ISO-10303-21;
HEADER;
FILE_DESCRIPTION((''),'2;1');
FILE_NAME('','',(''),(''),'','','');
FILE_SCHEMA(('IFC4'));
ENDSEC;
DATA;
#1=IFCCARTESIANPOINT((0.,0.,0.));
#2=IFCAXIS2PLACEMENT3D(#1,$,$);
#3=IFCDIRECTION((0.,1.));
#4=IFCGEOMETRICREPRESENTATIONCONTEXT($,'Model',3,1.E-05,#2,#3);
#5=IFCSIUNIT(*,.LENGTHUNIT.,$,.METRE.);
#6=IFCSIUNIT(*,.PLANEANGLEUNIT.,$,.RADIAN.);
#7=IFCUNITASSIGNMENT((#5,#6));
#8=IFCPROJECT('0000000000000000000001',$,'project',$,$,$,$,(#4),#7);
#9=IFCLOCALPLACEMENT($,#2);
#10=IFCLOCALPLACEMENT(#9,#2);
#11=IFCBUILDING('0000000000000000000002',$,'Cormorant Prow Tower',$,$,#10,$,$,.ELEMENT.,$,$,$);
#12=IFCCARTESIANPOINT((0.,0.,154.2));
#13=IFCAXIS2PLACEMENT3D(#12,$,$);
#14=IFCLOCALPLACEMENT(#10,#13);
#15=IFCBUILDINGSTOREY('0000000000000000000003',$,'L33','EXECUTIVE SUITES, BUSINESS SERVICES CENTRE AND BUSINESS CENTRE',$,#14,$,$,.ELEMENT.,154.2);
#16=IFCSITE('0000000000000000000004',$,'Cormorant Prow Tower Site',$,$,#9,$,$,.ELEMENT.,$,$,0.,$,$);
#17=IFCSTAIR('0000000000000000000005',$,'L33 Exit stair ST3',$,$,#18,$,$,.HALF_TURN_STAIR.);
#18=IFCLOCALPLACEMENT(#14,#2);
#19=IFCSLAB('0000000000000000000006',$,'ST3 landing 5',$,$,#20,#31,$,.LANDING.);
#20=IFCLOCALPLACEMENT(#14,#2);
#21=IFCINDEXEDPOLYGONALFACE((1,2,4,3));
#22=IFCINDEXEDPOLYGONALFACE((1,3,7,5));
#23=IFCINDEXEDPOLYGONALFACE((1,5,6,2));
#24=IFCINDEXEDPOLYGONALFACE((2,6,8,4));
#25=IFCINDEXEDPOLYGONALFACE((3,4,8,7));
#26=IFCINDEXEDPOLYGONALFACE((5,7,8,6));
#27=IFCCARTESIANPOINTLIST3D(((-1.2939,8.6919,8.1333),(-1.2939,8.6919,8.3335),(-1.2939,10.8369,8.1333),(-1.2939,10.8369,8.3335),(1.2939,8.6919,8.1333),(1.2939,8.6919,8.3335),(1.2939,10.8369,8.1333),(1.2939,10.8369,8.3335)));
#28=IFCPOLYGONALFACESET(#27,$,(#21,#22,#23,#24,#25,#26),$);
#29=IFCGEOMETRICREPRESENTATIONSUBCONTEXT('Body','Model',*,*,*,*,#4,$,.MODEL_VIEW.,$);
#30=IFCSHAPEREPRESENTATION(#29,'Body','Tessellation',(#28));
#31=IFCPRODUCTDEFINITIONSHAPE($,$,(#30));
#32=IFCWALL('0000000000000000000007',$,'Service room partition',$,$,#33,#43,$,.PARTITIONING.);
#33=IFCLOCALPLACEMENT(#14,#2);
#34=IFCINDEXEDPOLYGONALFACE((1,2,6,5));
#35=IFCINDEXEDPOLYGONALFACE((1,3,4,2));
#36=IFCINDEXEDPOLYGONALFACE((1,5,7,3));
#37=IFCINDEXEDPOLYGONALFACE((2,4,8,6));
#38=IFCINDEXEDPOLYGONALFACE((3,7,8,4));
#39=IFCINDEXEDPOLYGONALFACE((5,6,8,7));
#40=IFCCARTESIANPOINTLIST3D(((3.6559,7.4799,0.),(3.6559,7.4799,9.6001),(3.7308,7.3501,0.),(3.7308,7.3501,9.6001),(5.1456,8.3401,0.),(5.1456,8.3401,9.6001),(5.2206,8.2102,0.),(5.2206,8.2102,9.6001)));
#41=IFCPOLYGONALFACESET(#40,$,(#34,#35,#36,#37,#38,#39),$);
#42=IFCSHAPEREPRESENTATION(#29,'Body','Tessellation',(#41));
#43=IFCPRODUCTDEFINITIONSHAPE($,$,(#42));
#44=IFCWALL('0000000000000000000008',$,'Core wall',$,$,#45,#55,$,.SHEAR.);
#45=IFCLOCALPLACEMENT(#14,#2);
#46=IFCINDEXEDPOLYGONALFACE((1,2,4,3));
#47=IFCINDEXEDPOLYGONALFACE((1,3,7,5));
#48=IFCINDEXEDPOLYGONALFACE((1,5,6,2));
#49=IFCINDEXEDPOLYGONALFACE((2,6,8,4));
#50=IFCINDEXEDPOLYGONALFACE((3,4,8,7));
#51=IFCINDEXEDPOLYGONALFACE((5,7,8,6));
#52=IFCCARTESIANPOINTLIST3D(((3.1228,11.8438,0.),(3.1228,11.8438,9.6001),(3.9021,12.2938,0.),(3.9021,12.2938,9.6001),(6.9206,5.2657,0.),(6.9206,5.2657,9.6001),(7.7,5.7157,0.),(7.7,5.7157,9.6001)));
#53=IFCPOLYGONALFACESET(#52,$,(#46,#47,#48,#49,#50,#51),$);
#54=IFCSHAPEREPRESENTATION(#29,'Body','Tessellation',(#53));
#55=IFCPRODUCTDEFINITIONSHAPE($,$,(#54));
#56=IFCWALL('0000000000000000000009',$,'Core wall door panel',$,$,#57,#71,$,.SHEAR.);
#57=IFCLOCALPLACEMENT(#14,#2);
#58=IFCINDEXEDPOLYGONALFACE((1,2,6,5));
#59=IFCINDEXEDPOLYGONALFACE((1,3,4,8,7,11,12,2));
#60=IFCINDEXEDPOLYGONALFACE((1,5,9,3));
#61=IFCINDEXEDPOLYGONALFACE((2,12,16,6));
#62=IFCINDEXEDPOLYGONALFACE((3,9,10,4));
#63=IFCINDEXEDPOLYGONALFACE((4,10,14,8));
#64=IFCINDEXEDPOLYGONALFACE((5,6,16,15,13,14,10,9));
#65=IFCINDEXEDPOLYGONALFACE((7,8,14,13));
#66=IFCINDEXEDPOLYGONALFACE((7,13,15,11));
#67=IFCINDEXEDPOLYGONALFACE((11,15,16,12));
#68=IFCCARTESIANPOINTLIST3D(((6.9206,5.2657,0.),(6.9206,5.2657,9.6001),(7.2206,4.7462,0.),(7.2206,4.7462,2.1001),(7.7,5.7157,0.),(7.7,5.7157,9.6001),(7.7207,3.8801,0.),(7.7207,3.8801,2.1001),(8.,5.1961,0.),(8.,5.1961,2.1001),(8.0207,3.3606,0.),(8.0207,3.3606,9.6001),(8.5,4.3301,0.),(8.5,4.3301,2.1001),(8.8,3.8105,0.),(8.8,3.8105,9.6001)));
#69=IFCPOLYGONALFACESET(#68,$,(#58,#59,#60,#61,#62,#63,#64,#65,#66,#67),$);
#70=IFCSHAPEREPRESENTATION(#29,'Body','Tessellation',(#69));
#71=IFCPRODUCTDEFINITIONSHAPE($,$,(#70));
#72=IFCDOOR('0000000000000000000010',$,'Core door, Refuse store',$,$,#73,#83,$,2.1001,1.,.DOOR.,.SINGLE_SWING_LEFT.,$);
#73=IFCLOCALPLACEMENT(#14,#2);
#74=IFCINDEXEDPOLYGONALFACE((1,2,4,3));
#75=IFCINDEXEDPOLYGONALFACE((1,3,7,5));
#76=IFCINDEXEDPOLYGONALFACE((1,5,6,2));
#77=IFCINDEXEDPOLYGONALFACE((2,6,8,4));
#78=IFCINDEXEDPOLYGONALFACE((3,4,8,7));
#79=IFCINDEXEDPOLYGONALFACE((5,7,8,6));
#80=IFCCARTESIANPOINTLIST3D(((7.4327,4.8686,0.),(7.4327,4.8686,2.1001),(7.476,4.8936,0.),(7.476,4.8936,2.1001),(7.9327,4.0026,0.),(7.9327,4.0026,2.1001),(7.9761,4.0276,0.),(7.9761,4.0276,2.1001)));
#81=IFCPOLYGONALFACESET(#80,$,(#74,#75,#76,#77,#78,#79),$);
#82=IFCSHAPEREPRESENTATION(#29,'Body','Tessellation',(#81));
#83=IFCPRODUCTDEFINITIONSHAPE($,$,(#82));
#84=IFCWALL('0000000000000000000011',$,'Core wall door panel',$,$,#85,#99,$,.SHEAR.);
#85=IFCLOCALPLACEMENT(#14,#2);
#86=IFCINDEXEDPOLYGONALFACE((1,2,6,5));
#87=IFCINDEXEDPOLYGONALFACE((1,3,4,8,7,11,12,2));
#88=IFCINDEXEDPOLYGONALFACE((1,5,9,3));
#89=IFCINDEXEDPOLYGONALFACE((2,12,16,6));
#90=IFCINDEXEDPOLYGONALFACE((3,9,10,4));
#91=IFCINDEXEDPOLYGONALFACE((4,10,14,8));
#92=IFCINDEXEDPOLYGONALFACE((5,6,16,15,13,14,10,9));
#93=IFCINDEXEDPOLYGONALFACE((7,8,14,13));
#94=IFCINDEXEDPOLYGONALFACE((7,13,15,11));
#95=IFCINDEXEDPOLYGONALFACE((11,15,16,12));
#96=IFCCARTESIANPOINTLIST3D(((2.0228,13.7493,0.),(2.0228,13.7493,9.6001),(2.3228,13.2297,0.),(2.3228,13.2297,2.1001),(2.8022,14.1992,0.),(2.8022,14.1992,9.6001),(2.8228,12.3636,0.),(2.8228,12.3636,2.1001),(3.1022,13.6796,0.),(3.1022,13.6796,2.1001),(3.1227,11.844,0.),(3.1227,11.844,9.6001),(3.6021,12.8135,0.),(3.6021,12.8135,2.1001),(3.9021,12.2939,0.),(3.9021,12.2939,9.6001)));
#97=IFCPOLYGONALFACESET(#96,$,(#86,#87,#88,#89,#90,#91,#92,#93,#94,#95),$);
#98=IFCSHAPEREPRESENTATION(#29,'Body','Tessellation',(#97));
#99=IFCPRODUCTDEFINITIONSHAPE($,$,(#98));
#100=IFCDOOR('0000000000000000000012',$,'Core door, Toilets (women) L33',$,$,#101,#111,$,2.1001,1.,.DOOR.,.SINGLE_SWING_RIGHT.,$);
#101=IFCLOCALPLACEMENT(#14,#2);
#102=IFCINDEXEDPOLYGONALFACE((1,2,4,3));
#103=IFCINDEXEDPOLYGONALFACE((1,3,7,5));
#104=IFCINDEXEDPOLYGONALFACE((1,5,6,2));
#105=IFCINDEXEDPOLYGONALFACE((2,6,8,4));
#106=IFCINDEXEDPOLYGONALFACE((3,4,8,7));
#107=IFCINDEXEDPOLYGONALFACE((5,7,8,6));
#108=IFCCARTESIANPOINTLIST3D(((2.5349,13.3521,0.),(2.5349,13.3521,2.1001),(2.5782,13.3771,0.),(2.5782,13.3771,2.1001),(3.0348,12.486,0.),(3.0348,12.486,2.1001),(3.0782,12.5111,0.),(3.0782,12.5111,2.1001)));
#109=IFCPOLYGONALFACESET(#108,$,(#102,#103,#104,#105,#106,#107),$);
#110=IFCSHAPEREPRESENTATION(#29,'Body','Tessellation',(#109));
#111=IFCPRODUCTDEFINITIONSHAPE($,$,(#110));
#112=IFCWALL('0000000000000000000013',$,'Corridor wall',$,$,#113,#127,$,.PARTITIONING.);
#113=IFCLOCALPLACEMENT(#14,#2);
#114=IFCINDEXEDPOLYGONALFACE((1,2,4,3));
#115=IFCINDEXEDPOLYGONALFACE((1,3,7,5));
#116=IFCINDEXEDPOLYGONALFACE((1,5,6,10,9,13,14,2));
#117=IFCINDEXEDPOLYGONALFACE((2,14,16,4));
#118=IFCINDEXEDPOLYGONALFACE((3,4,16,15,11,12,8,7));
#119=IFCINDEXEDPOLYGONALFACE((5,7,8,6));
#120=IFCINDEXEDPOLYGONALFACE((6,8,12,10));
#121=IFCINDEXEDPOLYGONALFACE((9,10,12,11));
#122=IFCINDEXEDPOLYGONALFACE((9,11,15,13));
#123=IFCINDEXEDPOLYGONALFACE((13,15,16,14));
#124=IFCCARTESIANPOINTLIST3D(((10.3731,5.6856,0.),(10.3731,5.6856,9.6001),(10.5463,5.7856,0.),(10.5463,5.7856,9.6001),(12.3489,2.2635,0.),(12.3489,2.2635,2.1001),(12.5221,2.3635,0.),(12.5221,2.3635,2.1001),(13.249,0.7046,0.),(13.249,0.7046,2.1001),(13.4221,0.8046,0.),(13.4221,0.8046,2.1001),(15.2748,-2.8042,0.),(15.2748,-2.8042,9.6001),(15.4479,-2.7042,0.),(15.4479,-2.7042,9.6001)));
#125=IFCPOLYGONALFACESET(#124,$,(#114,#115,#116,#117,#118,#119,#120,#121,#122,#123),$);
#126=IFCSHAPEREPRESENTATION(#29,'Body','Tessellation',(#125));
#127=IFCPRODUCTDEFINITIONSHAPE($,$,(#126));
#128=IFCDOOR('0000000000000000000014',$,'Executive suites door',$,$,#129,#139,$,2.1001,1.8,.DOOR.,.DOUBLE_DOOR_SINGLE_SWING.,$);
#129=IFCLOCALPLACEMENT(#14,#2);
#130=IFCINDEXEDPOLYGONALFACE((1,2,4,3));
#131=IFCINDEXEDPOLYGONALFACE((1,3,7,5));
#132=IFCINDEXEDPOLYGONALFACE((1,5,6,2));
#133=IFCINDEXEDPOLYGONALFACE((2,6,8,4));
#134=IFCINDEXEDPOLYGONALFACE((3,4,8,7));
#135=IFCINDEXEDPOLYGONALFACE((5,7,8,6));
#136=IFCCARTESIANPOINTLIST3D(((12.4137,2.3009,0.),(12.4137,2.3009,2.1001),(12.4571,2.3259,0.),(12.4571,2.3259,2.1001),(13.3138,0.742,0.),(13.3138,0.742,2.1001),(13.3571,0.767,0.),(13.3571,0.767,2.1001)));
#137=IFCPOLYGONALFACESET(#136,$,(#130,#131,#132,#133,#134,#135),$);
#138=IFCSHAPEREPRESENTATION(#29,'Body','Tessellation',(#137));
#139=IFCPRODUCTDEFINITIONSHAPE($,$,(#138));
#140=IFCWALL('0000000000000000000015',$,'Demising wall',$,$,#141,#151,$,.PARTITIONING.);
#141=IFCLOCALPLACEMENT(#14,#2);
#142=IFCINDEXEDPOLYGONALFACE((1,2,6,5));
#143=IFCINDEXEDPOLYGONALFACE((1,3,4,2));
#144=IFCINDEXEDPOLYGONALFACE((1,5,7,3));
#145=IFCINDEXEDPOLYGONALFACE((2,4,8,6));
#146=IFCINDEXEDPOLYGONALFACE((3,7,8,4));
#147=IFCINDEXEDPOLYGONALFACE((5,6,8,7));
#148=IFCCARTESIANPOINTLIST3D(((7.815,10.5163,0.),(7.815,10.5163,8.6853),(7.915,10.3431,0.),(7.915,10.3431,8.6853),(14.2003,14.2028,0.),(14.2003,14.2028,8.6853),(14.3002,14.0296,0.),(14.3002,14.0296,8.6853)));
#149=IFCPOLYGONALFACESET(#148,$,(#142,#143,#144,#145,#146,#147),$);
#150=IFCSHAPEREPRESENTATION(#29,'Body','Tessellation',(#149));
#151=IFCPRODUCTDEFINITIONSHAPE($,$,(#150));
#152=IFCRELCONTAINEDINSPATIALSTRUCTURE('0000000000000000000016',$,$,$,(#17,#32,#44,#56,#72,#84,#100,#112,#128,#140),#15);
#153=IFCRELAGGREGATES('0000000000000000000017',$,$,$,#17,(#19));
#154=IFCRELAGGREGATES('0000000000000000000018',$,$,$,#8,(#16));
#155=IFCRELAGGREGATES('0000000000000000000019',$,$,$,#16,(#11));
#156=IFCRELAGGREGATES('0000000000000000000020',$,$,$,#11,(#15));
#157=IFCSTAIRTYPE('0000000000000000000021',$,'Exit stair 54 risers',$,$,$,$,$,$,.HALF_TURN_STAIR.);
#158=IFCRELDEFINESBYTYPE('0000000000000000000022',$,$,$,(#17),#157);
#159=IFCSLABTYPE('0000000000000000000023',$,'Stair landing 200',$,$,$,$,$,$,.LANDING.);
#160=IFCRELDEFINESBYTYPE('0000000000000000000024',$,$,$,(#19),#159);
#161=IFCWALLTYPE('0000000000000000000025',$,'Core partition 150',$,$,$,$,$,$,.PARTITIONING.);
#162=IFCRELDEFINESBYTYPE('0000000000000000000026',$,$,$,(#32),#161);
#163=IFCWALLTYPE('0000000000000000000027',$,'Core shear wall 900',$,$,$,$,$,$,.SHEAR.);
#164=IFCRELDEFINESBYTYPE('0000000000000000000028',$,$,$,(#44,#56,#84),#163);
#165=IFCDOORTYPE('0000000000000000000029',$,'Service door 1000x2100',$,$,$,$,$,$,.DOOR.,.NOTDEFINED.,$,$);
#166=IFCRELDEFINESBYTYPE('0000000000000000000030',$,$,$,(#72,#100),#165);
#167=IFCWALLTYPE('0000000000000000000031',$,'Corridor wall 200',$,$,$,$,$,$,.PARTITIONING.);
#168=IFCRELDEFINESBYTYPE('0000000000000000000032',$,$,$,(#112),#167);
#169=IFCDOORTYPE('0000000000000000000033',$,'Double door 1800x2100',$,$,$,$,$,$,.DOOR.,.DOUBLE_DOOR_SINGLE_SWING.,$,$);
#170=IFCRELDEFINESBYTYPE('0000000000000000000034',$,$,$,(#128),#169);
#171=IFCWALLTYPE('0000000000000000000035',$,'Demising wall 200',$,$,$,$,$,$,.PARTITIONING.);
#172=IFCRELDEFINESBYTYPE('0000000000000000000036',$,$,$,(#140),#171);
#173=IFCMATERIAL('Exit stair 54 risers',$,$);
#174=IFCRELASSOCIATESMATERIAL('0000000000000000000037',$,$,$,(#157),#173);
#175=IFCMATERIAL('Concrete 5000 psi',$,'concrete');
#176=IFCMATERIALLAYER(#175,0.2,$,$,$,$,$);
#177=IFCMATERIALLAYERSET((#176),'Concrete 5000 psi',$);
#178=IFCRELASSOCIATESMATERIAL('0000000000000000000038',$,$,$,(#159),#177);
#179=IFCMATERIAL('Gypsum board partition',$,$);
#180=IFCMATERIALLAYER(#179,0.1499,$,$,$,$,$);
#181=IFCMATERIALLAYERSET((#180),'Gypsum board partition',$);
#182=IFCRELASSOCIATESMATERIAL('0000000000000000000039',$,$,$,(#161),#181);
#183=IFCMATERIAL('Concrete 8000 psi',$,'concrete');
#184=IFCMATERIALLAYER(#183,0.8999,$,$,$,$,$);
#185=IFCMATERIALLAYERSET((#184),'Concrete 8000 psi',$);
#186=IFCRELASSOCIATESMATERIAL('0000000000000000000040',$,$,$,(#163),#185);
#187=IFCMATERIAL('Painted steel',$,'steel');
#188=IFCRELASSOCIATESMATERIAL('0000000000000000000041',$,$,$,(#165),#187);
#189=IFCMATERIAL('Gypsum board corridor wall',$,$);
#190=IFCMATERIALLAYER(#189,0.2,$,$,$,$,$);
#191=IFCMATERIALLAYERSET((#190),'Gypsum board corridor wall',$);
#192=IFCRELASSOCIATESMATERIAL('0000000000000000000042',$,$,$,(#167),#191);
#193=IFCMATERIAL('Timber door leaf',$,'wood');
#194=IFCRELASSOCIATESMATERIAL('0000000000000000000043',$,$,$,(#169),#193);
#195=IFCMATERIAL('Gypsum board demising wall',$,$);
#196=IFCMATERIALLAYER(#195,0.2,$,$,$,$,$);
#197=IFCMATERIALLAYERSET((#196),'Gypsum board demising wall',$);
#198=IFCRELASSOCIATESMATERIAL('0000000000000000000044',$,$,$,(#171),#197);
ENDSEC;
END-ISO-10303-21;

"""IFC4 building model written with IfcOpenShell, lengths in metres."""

from ifc_helpers import new_model, si_unit, direction, frame, frame_2d, origin, place, context, subcontext, project, spatial, polyline, rectangle, outline, extrude, material, layer, layer_set, type_object, element, fill, aggregate, save


model = new_model("IFC4")

# Units and contexts
model_context = context("Model", 3, precision=1e-05, world=origin(), true_north=direction((0.0, 1.0)))
body_context = subcontext(model_context, "Body", "Model", "MODEL_VIEW")
ifc_project = project(units=[si_unit("LENGTHUNIT", "METRE"), si_unit("PLANEANGLEUNIT", "RADIAN")], contexts=[model_context])

# Site, building, storey
site_placement = place(None, origin())
site = spatial("IfcSite", under=ifc_project, at=site_placement, Name="Cormorant Prow Tower Site", CompositionType="ELEMENT", RefElevation=0.0)
building_placement = place(site_placement, origin())
building = spatial("IfcBuilding", under=site, at=building_placement, Name="Cormorant Prow Tower", CompositionType="ELEMENT")
storey_placement = place(building_placement, frame((0.0, 0.0, 154.2)))
storey = spatial("IfcBuildingStorey", under=building, at=storey_placement, Name="L33", Description="EXECUTIVE SUITES, BUSINESS SERVICES CENTRE AND BUSINESS CENTRE", CompositionType="ELEMENT", Elevation=154.2)

# Stair, slab
ifc_material_1 = material(Name="Exit stair 54 risers")
stair_type = type_object("IfcStairType", Name="Exit stair 54 risers", PredefinedType="HALF_TURN_STAIR", material=ifc_material_1)
ifc_material_2 = material(Name="Concrete 5000 psi", Category="concrete")
ifc_layer_1 = layer(ifc_material_2, 0.2)
ifc_layer_set_1 = layer_set([ifc_layer_1], Name="Concrete 5000 psi")
slab_type = type_object("IfcSlabType", Name="Stair landing 200", PredefinedType="LANDING", material=ifc_layer_set_1)
stair_1_placement = place(storey_placement, origin())
stair_1 = element("IfcStair", 1, at=stair_1_placement, inside=storey, type_object=stair_type, Name="L33 Exit stair ST3", PredefinedType="HALF_TURN_STAIR")
slab_1_placement = place(storey_placement, frame((0.0, 0.0, 8.1333)))
slab_1 = element("IfcSlab", 2, at=slab_1_placement, type_object=slab_type, Name="ST3 landing 5", PredefinedType="LANDING", context=body_context, shape_type="SweptSolid", body=[
    extrude(outline(polyline([(1.2939, 8.6919), (1.2939, 10.8369), (-1.2939, 10.8369), (-1.2939, 8.6919), (1.2939, 8.6919)])), origin(), (0.0, 0.0, 1.0), 0.2002),
])

# Walls
ifc_material_3 = material(Name="Gypsum board partition")
ifc_layer_2 = layer(ifc_material_3, 0.1499)
ifc_layer_set_2 = layer_set([ifc_layer_2], Name="Gypsum board partition")
wall_type_1 = type_object("IfcWallType", Name="Core partition 150", PredefinedType="PARTITIONING", material=ifc_layer_set_2)
wall_1_placement = place(storey_placement, frame((3.6934, 7.415, 0.0), z_axis=(0.0, 0.0, 1.0), x_axis=(0.866025, 0.500001, 0.0)))
element("IfcWall", 3, at=wall_1_placement, inside=storey, type_object=wall_type_1, Name="Service room partition", PredefinedType="PARTITIONING", context=body_context, shape_type="SweptSolid", body=[
    extrude(rectangle(XDim=1.7202, YDim=0.1499, at=frame_2d((0.8601, 0.0))), origin(), (0.0, 0.0, 1.0), 9.6001),
])
ifc_material_4 = material(Name="Concrete 8000 psi", Category="concrete")
ifc_layer_3 = layer(ifc_material_4, 0.8999)
ifc_layer_set_3 = layer_set([ifc_layer_3], Name="Concrete 8000 psi")
wall_type_2 = type_object("IfcWallType", Name="Core shear wall 900", PredefinedType="SHEAR", material=ifc_layer_set_3)
wall_2_placement = place(storey_placement, frame((7.3103, 5.4907, 0.0), z_axis=(0.0, 0.0, 1.0), x_axis=(-0.499997, 0.866027, 0.0)))
element("IfcWall", 4, at=wall_2_placement, inside=storey, type_object=wall_type_2, Name="Core wall", PredefinedType="SHEAR", context=body_context, shape_type="SweptSolid", body=[
    extrude(rectangle(XDim=7.5957, YDim=0.8999, at=frame_2d((3.7979, 0.0))), origin(), (0.0, 0.0, 1.0), 9.6001),
])

# Walls, openings, doors
wall_3_placement = place(storey_placement, frame((8.4104, 3.5854, 0.0), z_axis=(0.0, 0.0, 1.0), x_axis=(-0.50003, 0.866008, 0.0)))
wall_3 = element("IfcWall", 5, at=wall_3_placement, inside=storey, type_object=wall_type_2, Name="Core wall door panel", PredefinedType="SHEAR", context=body_context, shape_type="SweptSolid", body=[
    extrude(rectangle(XDim=2.2, YDim=0.8999, at=frame_2d((1.1001, 0.0))), origin(), (0.0, 0.0, 1.0), 9.6001),
])
opening_1_placement = place(wall_3_placement, frame((0.6001, 0.0, 0.0)))
opening_1 = element("IfcOpeningElement", 6, at=opening_1_placement, cuts=wall_3, PredefinedType="OPENING", context=body_context, shape_type="SweptSolid", body=[
    extrude(rectangle(XDim=1.0, YDim=2.1001, at=frame_2d((0.5, 1.05))), frame((0.0, 0.46, 0.0), z_axis=(0.0, -1.0, 0.0), x_axis=(1.0, 0.0, 0.0)), (0.0, 0.0, 1.0), 0.9199),
])
ifc_material_5 = material(Name="Painted steel", Category="steel")
door_type_1 = type_object("IfcDoorType", Name="Service door 1000x2100", OperationType="NOTDEFINED", PredefinedType="DOOR", material=ifc_material_5)
door_1_placement = place(opening_1_placement, origin())
door_1 = element("IfcDoor", 7, at=door_1_placement, inside=storey, type_object=door_type_1, Name="Core door, Refuse store", OperationType="SINGLE_SWING_LEFT", OverallHeight=2.1001, OverallWidth=1.0, PredefinedType="DOOR", context=body_context, shape_type="SweptSolid", body=[
    extrude(rectangle(XDim=1.0, YDim=2.1001, at=frame_2d((0.5, 1.05))), frame((0.0, 0.2051, 0.0), z_axis=(0.0, -1.0, 0.0), x_axis=(1.0, 0.0, 0.0)), (0.0, 0.0, 1.0), 0.05),
])
fill(opening_1, door_1)
wall_4_placement = place(storey_placement, frame((3.5125, 12.0688, 0.0), z_axis=(0.0, 0.0, 1.0), x_axis=(-0.499947, 0.866056, 0.0)))
wall_4 = element("IfcWall", 8, at=wall_4_placement, inside=storey, type_object=wall_type_2, Name="Core wall door panel", PredefinedType="SHEAR", context=body_context, shape_type="SweptSolid", body=[
    extrude(rectangle(XDim=2.2, YDim=0.8999, at=frame_2d((1.1001, 0.0))), origin(), (0.0, 0.0, 1.0), 9.6001),
])
opening_2_placement = place(wall_4_placement, frame((0.6001, 0.0, 0.0)))
opening_2 = element("IfcOpeningElement", 9, at=opening_2_placement, cuts=wall_4, PredefinedType="OPENING", context=body_context, shape_type="SweptSolid", body=[
    extrude(rectangle(XDim=1.0, YDim=2.1001, at=frame_2d((0.5, 1.05))), frame((0.0, 0.46, 0.0), z_axis=(0.0, -1.0, 0.0), x_axis=(1.0, 0.0, 0.0)), (0.0, 0.0, 1.0), 0.9199),
])
door_2_placement = place(opening_2_placement, origin())
door_2 = element("IfcDoor", 10, at=door_2_placement, inside=storey, type_object=door_type_1, Name="Core door, Toilets (women) L33", OperationType="SINGLE_SWING_RIGHT", OverallHeight=2.1001, OverallWidth=1.0, PredefinedType="DOOR", context=body_context, shape_type="SweptSolid", body=[
    extrude(rectangle(XDim=1.0, YDim=2.1001, at=frame_2d((0.5, 1.05))), frame((0.0, 0.2051, 0.0), z_axis=(0.0, -1.0, 0.0), x_axis=(1.0, 0.0, 0.0)), (0.0, 0.0, 1.0), 0.05),
])
fill(opening_2, door_2)
ifc_material_6 = material(Name="Gypsum board corridor wall")
ifc_layer_4 = layer(ifc_material_6, 0.2)
ifc_layer_set_4 = layer_set([ifc_layer_4], Name="Gypsum board corridor wall")
wall_type_3 = type_object("IfcWallType", Name="Corridor wall 200", PredefinedType="PARTITIONING", material=ifc_layer_set_4)
wall_5_placement = place(storey_placement, frame((10.4597, 5.7356, 0.0), z_axis=(0.0, 0.0, 1.0), x_axis=(0.500004, -0.866023, 0.0)))
wall_5 = element("IfcWall", 11, at=wall_5_placement, inside=storey, type_object=wall_type_3, Name="Corridor wall", PredefinedType="PARTITIONING", context=body_context, shape_type="SweptSolid", body=[
    extrude(rectangle(XDim=9.8032, YDim=0.2, at=frame_2d((4.9016, 0.0))), origin(), (0.0, 0.0, 1.0), 9.6001),
])
opening_3_placement = place(wall_5_placement, frame((3.9517, 0.0, 0.0)))
opening_3 = element("IfcOpeningElement", 12, at=opening_3_placement, cuts=wall_5, PredefinedType="OPENING", context=body_context, shape_type="SweptSolid", body=[
    extrude(rectangle(XDim=1.8, YDim=2.1001, at=frame_2d((0.8999, 1.05))), frame((0.0, 0.1099, 0.0), z_axis=(0.0, -1.0, 0.0), x_axis=(1.0, 0.0, 0.0)), (0.0, 0.0, 1.0), 0.22),
])
ifc_material_7 = material(Name="Timber door leaf", Category="wood")
door_type_2 = type_object("IfcDoorType", Name="Double door 1800x2100", OperationType="DOUBLE_DOOR_SINGLE_SWING", PredefinedType="DOOR", material=ifc_material_7)
door_3_placement = place(opening_3_placement, origin())
door_3 = element("IfcDoor", 13, at=door_3_placement, inside=storey, type_object=door_type_2, Name="Executive suites door", OperationType="DOUBLE_DOOR_SINGLE_SWING", OverallHeight=2.1001, OverallWidth=1.8, PredefinedType="DOOR", context=body_context, shape_type="SweptSolid", body=[
    extrude(rectangle(XDim=1.8, YDim=2.1001, at=frame_2d((0.8999, 1.05))), frame((0.0, 0.0249, 0.0), z_axis=(0.0, -1.0, 0.0), x_axis=(1.0, 0.0, 0.0)), (0.0, 0.0, 1.0), 0.05),
])
fill(opening_3, door_3)

# Wall
ifc_material_8 = material(Name="Gypsum board demising wall")
ifc_layer_5 = layer(ifc_material_8, 0.2)
ifc_layer_set_5 = layer_set([ifc_layer_5], Name="Gypsum board demising wall")
wall_type_4 = type_object("IfcWallType", Name="Demising wall 200", PredefinedType="PARTITIONING", material=ifc_layer_set_5)
wall_6_placement = place(storey_placement, frame((7.865, 10.4297, 0.0), z_axis=(0.0, 0.0, 1.0), x_axis=(0.866026, 0.5, 0.0)))
element("IfcWall", 14, at=wall_6_placement, inside=storey, type_object=wall_type_4, Name="Demising wall", PredefinedType="PARTITIONING", context=body_context, shape_type="SweptSolid", body=[
    extrude(rectangle(XDim=7.373, YDim=0.2, at=frame_2d((3.6865, 0.0))), origin(), (0.0, 0.0, 1.0), 8.6853),
])

aggregate(stair_1, [slab_1])

save(model, "model.ifc")
